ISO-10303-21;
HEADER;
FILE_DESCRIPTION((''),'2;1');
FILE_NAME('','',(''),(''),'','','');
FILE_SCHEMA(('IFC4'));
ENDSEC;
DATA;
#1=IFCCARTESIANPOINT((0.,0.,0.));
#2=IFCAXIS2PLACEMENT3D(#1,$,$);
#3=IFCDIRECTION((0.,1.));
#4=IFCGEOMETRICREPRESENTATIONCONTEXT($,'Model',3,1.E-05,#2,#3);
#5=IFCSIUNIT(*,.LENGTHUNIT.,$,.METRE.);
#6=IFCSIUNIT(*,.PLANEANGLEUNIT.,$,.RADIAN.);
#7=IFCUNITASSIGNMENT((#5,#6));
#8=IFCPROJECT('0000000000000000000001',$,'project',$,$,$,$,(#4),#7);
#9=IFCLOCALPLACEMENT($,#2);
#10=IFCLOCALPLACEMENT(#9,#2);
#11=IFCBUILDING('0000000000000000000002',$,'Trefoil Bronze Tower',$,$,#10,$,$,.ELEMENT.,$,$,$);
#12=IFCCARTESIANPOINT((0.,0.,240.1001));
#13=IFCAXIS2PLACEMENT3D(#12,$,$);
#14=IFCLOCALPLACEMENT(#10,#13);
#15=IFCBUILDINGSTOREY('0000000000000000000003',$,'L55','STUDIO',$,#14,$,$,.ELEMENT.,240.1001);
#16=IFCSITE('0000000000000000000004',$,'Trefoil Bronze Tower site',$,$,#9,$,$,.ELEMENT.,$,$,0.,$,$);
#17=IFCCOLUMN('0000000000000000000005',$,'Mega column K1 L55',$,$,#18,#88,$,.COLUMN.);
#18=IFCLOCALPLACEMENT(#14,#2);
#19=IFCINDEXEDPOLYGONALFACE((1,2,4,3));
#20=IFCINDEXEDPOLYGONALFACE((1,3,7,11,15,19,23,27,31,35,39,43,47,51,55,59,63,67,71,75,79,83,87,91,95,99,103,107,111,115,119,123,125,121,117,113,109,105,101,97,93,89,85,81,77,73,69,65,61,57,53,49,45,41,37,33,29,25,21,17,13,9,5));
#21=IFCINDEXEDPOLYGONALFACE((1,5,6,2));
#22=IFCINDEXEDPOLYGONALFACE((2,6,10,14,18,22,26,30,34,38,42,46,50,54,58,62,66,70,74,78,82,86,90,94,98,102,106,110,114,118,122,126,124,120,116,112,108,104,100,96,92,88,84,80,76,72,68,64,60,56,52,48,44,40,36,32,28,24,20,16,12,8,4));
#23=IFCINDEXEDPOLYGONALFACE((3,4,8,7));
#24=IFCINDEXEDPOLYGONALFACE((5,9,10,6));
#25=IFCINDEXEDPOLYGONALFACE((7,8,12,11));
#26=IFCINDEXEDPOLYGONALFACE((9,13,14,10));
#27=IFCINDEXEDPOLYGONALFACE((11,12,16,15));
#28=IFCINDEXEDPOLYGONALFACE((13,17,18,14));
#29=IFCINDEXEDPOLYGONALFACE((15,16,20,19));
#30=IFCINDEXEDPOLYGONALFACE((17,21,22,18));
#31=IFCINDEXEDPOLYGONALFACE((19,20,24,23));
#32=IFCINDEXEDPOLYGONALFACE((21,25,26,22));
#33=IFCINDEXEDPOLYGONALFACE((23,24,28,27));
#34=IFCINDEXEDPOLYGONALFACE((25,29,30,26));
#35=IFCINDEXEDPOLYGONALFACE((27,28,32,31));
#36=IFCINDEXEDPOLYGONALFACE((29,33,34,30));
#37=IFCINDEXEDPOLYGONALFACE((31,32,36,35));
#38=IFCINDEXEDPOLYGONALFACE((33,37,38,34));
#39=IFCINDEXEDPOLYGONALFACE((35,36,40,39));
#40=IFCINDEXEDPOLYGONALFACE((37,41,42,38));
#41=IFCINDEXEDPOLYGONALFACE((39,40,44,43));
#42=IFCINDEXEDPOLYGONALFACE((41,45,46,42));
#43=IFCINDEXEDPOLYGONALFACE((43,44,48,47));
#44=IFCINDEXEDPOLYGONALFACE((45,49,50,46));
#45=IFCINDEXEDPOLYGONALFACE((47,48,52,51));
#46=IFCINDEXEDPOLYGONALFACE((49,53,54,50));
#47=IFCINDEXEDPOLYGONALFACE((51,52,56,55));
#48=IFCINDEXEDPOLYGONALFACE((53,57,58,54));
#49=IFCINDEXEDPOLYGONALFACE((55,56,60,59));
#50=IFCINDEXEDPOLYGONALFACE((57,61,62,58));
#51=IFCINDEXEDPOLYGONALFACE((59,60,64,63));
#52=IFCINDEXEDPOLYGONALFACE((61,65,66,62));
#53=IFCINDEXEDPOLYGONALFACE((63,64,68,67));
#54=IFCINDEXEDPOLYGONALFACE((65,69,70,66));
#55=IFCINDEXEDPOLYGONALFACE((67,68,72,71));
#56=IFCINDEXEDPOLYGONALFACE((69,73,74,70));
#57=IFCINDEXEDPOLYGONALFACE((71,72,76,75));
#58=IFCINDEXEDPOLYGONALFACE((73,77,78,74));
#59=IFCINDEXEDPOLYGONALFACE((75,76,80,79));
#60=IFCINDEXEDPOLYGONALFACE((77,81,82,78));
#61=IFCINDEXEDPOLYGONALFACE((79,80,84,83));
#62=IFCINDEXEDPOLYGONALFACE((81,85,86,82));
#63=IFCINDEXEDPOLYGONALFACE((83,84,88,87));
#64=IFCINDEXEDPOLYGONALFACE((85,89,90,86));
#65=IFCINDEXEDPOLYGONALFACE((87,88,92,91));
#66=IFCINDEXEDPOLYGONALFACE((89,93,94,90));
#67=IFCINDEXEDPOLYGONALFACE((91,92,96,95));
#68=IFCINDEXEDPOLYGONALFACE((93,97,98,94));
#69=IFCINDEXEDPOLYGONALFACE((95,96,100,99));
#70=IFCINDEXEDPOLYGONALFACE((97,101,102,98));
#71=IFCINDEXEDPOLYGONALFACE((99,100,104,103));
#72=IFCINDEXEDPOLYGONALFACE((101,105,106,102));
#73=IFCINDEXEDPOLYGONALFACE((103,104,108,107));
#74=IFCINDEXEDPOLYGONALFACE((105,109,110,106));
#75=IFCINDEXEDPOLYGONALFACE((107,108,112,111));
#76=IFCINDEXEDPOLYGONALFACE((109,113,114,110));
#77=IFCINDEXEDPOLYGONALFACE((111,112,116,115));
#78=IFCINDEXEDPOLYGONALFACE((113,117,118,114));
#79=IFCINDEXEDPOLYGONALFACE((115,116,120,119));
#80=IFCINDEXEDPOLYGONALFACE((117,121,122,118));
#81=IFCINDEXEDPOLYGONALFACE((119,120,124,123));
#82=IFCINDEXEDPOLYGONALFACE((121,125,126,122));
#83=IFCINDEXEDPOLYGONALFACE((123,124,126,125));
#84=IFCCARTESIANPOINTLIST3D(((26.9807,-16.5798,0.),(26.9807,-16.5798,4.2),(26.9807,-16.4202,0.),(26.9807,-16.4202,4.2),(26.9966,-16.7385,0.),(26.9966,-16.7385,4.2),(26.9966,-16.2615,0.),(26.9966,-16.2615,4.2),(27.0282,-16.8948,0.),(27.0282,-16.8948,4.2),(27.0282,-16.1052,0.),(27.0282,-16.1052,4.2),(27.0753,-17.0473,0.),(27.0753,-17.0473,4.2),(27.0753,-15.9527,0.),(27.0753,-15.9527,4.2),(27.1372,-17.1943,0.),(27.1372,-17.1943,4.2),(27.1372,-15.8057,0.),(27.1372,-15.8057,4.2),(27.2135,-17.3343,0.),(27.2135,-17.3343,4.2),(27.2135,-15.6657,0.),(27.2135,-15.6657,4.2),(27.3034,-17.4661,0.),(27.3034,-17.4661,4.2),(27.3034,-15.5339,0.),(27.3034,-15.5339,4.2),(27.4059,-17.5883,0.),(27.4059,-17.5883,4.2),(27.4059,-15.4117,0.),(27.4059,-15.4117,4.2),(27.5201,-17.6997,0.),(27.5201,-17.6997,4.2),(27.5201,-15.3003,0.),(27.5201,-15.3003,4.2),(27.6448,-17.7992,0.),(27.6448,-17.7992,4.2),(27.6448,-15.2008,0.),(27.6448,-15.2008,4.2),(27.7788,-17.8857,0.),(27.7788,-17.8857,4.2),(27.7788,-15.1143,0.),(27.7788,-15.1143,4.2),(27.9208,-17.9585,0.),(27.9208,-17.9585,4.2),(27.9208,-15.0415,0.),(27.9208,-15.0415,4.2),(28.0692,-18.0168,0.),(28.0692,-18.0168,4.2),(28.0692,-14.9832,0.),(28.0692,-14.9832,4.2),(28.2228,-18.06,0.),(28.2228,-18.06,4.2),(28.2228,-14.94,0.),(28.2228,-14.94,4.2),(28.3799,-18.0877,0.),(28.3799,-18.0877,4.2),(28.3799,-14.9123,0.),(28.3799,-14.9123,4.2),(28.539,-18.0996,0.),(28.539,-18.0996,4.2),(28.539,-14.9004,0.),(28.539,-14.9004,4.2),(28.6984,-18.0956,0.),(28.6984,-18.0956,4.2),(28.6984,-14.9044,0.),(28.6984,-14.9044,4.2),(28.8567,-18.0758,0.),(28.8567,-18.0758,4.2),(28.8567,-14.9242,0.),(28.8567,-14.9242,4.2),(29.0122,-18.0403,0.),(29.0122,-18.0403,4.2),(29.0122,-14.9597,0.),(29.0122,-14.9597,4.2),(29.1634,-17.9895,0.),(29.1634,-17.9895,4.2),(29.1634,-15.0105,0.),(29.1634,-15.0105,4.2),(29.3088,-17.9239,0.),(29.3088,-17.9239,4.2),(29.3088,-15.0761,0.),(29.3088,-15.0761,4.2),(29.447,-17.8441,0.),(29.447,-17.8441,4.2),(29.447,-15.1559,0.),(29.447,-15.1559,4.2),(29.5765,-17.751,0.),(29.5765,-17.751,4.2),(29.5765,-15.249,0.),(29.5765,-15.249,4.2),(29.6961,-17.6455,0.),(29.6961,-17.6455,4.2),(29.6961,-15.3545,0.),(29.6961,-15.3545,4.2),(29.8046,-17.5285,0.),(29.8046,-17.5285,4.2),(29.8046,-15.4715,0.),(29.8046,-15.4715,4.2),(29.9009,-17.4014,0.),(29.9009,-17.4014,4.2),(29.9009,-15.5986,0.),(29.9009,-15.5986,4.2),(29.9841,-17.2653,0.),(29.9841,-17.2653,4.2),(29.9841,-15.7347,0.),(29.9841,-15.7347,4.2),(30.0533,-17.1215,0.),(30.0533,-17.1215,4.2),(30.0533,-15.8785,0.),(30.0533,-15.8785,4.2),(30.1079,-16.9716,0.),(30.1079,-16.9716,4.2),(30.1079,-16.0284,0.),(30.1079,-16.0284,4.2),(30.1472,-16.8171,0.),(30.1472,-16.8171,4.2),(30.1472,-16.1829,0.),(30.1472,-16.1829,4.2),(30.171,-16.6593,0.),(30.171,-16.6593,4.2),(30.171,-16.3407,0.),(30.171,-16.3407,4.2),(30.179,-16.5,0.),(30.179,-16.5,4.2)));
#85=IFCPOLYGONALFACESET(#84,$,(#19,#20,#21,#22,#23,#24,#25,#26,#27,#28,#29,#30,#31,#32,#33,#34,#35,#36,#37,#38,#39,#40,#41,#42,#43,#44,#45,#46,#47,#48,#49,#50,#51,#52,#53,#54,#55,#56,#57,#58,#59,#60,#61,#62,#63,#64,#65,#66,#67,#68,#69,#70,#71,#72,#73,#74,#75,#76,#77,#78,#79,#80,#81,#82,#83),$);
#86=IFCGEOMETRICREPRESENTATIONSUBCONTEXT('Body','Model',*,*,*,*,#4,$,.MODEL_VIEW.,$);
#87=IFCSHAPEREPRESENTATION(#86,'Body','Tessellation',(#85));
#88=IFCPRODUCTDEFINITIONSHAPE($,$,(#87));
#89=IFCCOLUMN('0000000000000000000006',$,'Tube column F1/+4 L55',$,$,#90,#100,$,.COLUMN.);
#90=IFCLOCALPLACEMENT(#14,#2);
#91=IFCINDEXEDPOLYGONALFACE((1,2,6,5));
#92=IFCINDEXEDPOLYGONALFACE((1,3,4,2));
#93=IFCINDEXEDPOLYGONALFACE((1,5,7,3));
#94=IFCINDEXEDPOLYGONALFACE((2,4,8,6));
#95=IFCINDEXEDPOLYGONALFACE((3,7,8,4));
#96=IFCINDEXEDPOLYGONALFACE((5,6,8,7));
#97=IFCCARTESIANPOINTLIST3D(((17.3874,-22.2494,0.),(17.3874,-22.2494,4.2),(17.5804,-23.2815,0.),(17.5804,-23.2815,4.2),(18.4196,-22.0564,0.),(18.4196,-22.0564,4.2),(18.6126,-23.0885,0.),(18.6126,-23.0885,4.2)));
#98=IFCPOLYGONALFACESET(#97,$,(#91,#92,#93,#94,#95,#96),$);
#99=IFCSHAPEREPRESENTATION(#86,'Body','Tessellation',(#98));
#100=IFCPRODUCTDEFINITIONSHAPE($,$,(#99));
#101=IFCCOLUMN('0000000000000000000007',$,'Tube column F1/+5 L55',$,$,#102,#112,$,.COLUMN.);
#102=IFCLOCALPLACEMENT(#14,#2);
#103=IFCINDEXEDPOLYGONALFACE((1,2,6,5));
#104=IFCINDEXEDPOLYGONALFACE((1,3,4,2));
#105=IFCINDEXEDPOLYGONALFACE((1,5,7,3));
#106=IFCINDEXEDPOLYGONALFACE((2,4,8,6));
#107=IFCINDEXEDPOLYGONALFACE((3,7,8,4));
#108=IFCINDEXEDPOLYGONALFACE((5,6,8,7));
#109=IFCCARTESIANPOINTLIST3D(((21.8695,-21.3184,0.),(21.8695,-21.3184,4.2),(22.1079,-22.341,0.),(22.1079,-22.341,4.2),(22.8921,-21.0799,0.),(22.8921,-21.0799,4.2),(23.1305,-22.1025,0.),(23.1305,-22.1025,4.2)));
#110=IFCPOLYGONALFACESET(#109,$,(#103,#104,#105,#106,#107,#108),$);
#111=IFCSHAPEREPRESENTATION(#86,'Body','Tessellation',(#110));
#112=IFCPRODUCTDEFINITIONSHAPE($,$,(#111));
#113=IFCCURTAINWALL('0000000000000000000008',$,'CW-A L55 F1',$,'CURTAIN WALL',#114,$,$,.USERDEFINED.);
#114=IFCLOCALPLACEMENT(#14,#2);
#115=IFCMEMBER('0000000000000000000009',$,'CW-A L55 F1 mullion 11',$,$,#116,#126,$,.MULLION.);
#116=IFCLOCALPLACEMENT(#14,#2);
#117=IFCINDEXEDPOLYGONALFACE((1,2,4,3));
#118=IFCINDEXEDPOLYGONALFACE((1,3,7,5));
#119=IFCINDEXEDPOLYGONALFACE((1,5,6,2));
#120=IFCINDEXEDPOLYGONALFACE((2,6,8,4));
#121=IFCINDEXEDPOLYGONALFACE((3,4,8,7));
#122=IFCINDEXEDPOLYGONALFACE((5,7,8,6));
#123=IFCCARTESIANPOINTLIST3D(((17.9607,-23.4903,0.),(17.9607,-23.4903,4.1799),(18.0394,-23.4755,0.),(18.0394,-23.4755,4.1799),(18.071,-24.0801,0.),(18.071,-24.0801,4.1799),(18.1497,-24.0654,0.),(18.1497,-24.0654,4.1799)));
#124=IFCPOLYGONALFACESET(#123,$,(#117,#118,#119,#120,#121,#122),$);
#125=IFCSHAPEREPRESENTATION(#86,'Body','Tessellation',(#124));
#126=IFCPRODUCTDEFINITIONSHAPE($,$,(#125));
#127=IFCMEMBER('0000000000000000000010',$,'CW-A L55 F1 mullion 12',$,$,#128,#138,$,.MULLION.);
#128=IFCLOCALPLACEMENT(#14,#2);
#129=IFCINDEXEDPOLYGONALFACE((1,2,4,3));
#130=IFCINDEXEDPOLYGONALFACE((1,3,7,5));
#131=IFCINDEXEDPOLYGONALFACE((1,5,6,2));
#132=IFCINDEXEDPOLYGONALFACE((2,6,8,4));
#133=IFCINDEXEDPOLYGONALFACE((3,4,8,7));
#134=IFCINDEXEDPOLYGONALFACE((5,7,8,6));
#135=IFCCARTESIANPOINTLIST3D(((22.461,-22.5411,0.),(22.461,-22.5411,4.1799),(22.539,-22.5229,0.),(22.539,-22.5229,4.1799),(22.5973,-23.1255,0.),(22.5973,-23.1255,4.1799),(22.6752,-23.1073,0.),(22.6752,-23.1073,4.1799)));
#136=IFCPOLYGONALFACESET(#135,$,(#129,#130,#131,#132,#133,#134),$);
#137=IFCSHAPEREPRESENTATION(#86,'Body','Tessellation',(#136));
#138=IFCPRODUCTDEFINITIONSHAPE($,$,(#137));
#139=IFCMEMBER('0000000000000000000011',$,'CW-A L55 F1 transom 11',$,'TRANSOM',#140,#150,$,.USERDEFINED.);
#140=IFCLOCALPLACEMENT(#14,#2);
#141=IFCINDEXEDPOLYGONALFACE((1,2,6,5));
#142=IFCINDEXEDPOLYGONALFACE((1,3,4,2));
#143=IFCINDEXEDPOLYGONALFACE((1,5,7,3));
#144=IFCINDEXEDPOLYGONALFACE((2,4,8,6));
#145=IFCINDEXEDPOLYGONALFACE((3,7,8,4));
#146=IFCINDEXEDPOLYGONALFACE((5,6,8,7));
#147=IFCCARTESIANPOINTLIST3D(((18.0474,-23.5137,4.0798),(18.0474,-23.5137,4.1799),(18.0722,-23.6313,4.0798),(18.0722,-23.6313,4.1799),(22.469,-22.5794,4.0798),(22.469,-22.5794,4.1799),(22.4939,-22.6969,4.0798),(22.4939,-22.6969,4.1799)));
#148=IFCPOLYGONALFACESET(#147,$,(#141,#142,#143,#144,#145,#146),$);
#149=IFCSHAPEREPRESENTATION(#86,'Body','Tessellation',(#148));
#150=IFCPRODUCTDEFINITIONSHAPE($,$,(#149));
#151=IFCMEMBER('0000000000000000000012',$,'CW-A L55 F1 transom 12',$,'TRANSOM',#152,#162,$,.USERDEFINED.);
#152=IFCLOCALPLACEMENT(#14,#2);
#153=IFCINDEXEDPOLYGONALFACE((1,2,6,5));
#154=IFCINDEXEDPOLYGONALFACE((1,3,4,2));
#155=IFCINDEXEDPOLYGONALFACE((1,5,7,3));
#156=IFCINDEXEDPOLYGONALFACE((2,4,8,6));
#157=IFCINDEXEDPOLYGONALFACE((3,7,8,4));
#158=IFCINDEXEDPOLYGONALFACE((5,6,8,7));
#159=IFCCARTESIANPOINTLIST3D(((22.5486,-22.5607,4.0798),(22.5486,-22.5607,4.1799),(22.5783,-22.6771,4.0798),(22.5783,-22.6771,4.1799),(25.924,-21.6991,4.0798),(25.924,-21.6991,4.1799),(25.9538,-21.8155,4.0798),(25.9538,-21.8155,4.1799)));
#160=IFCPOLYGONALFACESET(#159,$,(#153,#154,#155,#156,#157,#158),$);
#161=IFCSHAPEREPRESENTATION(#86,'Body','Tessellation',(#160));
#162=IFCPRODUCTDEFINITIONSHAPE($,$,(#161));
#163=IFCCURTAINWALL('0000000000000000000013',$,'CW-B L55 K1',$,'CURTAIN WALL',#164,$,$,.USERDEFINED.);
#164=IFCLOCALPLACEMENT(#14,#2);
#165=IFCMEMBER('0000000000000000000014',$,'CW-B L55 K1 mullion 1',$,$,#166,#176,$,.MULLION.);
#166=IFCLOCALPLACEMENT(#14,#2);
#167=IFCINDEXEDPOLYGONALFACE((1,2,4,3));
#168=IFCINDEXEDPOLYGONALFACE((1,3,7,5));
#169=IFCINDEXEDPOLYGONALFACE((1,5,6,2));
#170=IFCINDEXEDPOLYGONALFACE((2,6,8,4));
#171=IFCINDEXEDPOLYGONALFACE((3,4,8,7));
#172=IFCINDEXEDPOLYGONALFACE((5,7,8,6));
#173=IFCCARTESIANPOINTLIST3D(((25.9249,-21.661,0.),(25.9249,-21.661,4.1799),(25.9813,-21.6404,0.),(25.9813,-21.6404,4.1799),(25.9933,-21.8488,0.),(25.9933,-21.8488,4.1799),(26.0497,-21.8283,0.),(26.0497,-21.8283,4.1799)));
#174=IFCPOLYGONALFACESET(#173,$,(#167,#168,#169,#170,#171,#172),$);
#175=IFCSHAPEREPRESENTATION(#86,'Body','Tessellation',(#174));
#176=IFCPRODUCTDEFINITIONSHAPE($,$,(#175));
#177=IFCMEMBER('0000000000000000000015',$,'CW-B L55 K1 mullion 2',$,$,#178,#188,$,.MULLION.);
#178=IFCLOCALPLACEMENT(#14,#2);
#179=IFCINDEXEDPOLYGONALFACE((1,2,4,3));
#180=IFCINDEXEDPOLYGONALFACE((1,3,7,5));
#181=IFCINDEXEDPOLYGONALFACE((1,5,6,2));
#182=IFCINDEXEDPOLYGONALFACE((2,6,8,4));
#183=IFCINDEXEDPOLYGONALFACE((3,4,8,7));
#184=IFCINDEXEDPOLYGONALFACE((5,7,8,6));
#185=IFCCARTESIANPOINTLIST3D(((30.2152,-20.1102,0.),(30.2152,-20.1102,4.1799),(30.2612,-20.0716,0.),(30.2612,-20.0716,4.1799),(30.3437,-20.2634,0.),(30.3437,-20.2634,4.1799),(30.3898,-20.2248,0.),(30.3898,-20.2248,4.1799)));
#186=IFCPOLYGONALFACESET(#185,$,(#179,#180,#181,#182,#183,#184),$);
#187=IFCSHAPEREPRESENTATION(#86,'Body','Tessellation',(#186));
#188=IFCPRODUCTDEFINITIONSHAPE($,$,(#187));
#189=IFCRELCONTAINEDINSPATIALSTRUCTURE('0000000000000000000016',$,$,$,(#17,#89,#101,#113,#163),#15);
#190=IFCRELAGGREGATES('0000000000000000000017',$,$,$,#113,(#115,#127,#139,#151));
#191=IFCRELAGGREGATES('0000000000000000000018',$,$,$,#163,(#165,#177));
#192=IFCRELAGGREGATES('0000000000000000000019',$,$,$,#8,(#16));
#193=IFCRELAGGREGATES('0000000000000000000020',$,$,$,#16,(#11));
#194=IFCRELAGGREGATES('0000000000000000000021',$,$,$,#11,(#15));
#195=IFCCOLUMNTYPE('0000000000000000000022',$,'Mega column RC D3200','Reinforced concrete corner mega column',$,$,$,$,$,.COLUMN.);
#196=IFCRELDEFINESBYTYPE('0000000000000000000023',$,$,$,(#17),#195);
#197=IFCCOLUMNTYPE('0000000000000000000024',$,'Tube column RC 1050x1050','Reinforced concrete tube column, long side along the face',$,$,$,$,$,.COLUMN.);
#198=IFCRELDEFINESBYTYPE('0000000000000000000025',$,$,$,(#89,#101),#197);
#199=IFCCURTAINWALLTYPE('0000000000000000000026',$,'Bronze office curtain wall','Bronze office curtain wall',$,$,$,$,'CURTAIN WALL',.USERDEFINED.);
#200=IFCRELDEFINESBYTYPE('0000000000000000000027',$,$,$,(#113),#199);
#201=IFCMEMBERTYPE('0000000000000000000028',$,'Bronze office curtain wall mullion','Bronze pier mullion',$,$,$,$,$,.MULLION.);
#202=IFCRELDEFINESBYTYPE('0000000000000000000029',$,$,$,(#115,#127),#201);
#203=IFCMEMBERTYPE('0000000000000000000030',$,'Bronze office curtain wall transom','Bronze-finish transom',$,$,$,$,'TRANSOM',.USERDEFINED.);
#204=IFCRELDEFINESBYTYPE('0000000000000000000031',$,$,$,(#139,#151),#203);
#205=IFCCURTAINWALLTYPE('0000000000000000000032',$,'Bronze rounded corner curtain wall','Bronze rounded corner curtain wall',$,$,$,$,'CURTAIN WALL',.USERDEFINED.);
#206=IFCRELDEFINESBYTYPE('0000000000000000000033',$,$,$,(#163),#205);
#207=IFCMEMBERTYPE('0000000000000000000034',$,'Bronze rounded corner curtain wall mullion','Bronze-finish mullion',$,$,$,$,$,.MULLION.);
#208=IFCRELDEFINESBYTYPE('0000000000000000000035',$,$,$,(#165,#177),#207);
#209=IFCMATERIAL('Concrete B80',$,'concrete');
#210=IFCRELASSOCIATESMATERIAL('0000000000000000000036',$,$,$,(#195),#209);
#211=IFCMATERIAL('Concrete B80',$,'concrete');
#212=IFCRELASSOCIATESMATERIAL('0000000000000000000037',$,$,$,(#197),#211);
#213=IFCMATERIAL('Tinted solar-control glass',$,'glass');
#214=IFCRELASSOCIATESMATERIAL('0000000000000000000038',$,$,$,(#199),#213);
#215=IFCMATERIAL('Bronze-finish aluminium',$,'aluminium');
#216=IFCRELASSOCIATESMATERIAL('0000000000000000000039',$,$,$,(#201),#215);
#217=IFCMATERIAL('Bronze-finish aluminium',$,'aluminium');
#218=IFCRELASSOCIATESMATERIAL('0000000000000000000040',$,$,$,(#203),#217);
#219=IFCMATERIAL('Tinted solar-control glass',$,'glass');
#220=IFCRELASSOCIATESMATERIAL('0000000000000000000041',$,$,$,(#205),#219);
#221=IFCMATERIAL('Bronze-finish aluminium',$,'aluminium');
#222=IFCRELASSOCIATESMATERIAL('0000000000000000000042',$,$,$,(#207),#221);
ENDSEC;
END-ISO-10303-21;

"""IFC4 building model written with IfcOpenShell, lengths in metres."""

from ifc_helpers import new_model, si_unit, direction, frame, origin, origin_2d, place, context, subcontext, project, spatial, rectangle, circle, extrude, material, material_profile, profile_set, type_object, element, aggregate, save


model = new_model("IFC4")

# Units and contexts
model_context = context("Model", 3, precision=1e-05, world=origin(), true_north=direction((0.0, 1.0)))
body_context = subcontext(model_context, "Body", "Model", "MODEL_VIEW")
ifc_project = project(units=[si_unit("LENGTHUNIT", "METRE"), si_unit("PLANEANGLEUNIT", "RADIAN")], contexts=[model_context])

# Site, building, storey
site_placement = place(None, origin())
site = spatial("IfcSite", under=ifc_project, at=site_placement, Name="Trefoil Bronze Tower site", CompositionType="ELEMENT", RefElevation=0.0)
building_placement = place(site_placement, origin())
building = spatial("IfcBuilding", under=site, at=building_placement, Name="Trefoil Bronze Tower", CompositionType="ELEMENT")
storey_placement = place(building_placement, frame((0.0, 0.0, 240.1001)))
storey = spatial("IfcBuildingStorey", under=building, at=storey_placement, Name="L55", Description="STUDIO", CompositionType="ELEMENT", Elevation=240.1001)

# Columns
ifc_material_1 = material(Name="Concrete B80", Category="concrete")
ifc_material_profile_1 = material_profile(ifc_material_1, circle(Radius=1.6001, at=origin_2d()), Name="RC D3200")
ifc_profile_set_1 = profile_set([ifc_material_profile_1], Name="Concrete B80")
column_type_1 = type_object("IfcColumnType", Name="Mega column RC D3200", Description="Reinforced concrete corner mega column", PredefinedType="COLUMN", material=ifc_profile_set_1)
column_placement = place(storey_placement, frame((28.5789, -16.5, 0.0), z_axis=(0.0, 0.0, 1.0), x_axis=(1.0, 0.0, 0.0)))
element("IfcColumn", 1, at=column_placement, inside=storey, type_object=column_type_1, Name="Mega column K1 L55", PredefinedType="COLUMN", context=body_context, shape_type="SweptSolid", body=[
    extrude(circle(Radius=1.6001, at=origin_2d()), origin(), (0.0, 0.0, 1.0), 4.2),
])
ifc_material_2 = material(Name="Concrete B80", Category="concrete")
ifc_material_profile_2 = material_profile(ifc_material_2, rectangle(XDim=1.05, YDim=1.05, at=origin_2d()), Name="RC 1050x1050")
ifc_profile_set_2 = profile_set([ifc_material_profile_2], Name="Concrete B80")
column_type_2 = type_object("IfcColumnType", Name="Tube column RC 1050x1050", Description="Reinforced concrete tube column, long side along the face", PredefinedType="COLUMN", material=ifc_profile_set_2)
for number, where, z_axis, x_axis, name in (
    (2, (18.0, -22.6689, 0.0), (0.0, 0.0, 1.0), (0.982959, 0.183825, 0.0), "Tube column F1/+4 L55"),
    (3, (22.5, -21.7104, 0.0), (0.0, 0.0, 1.0), (0.973875, 0.227083, 0.0), "Tube column F1/+5 L55"),
):
    element("IfcColumn", number, at=place(storey_placement, frame(where, z_axis=z_axis, x_axis=x_axis)), inside=storey, type_object=column_type_2, Name=name, PredefinedType="COLUMN", context=body_context, shape_type="SweptSolid", body=[
        extrude(rectangle(XDim=1.05, YDim=1.05, at=origin_2d()), origin(), (0.0, 0.0, 1.0), 4.2),
    ])

# Curtain walls, members
ifc_material_3 = material(Name="Tinted solar-control glass", Category="glass")
curtain_wall_type_1 = type_object("IfcCurtainWallType", Name="Bronze office curtain wall", Description="Bronze office curtain wall", ElementType="CURTAIN WALL", PredefinedType="USERDEFINED", material=ifc_material_3)
curtain_wall_1_placement = place(storey_placement, origin())
curtain_wall_1 = element("IfcCurtainWall", 4, at=curtain_wall_1_placement, inside=storey, type_object=curtain_wall_type_1, Name="CW-A L55 F1", ObjectType="CURTAIN WALL", PredefinedType="USERDEFINED")
ifc_material_4 = material(Name="Bronze-finish aluminium", Category="aluminium")
ifc_material_profile_3 = material_profile(ifc_material_4, rectangle(XDim=0.6001, YDim=0.0801, at=origin_2d()), Name="CW-A mullion")
ifc_profile_set_3 = profile_set([ifc_material_profile_3], Name="Bronze-finish aluminium")
member_type_1 = type_object("IfcMemberType", Name="Bronze office curtain wall mullion", Description="Bronze pier mullion", PredefinedType="MULLION", material=ifc_profile_set_3)
member_1_placement = place(storey_placement, frame((18.0552, -23.7778, 0.0), z_axis=(0.0, 0.0, 1.0), x_axis=(-0.183825, 0.982959, 0.0)))
member_1 = element("IfcMember", 5, at=member_1_placement, type_object=member_type_1, Name="CW-A L55 F1 mullion 11", PredefinedType="MULLION", context=body_context, shape_type="SweptSolid", body=[
    extrude(rectangle(XDim=0.6001, YDim=0.0801, at=origin_2d()), origin(), (0.0, 0.0, 1.0), 4.1799),
])
member_2_placement = place(storey_placement, frame((22.5681, -22.8242, 0.0), z_axis=(0.0, 0.0, 1.0), x_axis=(-0.227083, 0.973875, 0.0)))
member_2 = element("IfcMember", 6, at=member_2_placement, type_object=member_type_1, Name="CW-A L55 F1 mullion 12", PredefinedType="MULLION", context=body_context, shape_type="SweptSolid", body=[
    extrude(rectangle(XDim=0.6001, YDim=0.0801, at=origin_2d()), origin(), (0.0, 0.0, 1.0), 4.1799),
])
ifc_material_5 = material(Name="Bronze-finish aluminium", Category="aluminium")
ifc_material_profile_4 = material_profile(ifc_material_5, rectangle(XDim=0.1201, YDim=0.1001, at=origin_2d()), Name="CW-A transom")
ifc_profile_set_4 = profile_set([ifc_material_profile_4], Name="Bronze-finish aluminium")
member_type_2 = type_object("IfcMemberType", Name="Bronze office curtain wall transom", Description="Bronze-finish transom", ElementType="TRANSOM", PredefinedType="USERDEFINED", material=ifc_profile_set_4)
member_3_placement = place(storey_placement, frame((18.0598, -23.5725, 4.1299), z_axis=(0.978395, 0.206743, 0.0), x_axis=(-0.206743, 0.978395, 0.0)))
member_3 = element("IfcMember", 7, at=member_3_placement, type_object=member_type_2, Name="CW-A L55 F1 transom 11", ObjectType="TRANSOM", PredefinedType="USERDEFINED", context=body_context, shape_type="SweptSolid", body=[
    extrude(rectangle(XDim=0.1201, YDim=0.1001, at=origin_2d()), origin(), (0.0, 0.0, 1.0), 4.5193),
])
member_4_placement = place(storey_placement, frame((22.5635, -22.6189, 4.1299), z_axis=(0.968935, 0.247315, 0.0), x_axis=(-0.247315, 0.968935, 0.0)))
member_4 = element("IfcMember", 8, at=member_4_placement, type_object=member_type_2, Name="CW-A L55 F1 transom 12", ObjectType="TRANSOM", PredefinedType="USERDEFINED", context=body_context, shape_type="SweptSolid", body=[
    extrude(rectangle(XDim=0.1201, YDim=0.1001, at=origin_2d()), origin(), (0.0, 0.0, 1.0), 3.4836),
])
ifc_material_6 = material(Name="Tinted solar-control glass", Category="glass")
curtain_wall_type_2 = type_object("IfcCurtainWallType", Name="Bronze rounded corner curtain wall", Description="Bronze rounded corner curtain wall", ElementType="CURTAIN WALL", PredefinedType="USERDEFINED", material=ifc_material_6)
curtain_wall_2_placement = place(storey_placement, origin())
curtain_wall_2 = element("IfcCurtainWall", 9, at=curtain_wall_2_placement, inside=storey, type_object=curtain_wall_type_2, Name="CW-B L55 K1", ObjectType="CURTAIN WALL", PredefinedType="USERDEFINED")
ifc_material_7 = material(Name="Bronze-finish aluminium", Category="aluminium")
ifc_material_profile_5 = material_profile(ifc_material_7, rectangle(XDim=0.2, YDim=0.0601, at=origin_2d()), Name="CW-B mullion")
ifc_profile_set_5 = profile_set([ifc_material_profile_5], Name="Bronze-finish aluminium")
member_type_3 = type_object("IfcMemberType", Name="Bronze rounded corner curtain wall mullion", Description="Bronze-finish mullion", PredefinedType="MULLION", material=ifc_profile_set_5)
member_5_placement = place(storey_placement, frame((25.9873, -21.7446, 0.0), z_axis=(0.0, 0.0, 1.0), x_axis=(-0.34202, 0.939693, 0.0)))
member_5 = element("IfcMember", 10, at=member_5_placement, type_object=member_type_3, Name="CW-B L55 K1 mullion 1", PredefinedType="MULLION", context=body_context, shape_type="SweptSolid", body=[
    extrude(rectangle(XDim=0.2, YDim=0.0601, at=origin_2d()), origin(), (0.0, 0.0, 1.0), 4.1799),
])
member_6_placement = place(storey_placement, frame((30.3025, -20.1675, 0.0), z_axis=(0.0, 0.0, 1.0), x_axis=(-0.642788, 0.766044, 0.0)))
member_6 = element("IfcMember", 11, at=member_6_placement, type_object=member_type_3, Name="CW-B L55 K1 mullion 2", PredefinedType="MULLION", context=body_context, shape_type="SweptSolid", body=[
    extrude(rectangle(XDim=0.2, YDim=0.0601, at=origin_2d()), origin(), (0.0, 0.0, 1.0), 4.1799),
])

aggregate(curtain_wall_1, [member_1, member_2, member_3, member_4])
aggregate(curtain_wall_2, [member_5, member_6])

save(model, "model.ifc")
